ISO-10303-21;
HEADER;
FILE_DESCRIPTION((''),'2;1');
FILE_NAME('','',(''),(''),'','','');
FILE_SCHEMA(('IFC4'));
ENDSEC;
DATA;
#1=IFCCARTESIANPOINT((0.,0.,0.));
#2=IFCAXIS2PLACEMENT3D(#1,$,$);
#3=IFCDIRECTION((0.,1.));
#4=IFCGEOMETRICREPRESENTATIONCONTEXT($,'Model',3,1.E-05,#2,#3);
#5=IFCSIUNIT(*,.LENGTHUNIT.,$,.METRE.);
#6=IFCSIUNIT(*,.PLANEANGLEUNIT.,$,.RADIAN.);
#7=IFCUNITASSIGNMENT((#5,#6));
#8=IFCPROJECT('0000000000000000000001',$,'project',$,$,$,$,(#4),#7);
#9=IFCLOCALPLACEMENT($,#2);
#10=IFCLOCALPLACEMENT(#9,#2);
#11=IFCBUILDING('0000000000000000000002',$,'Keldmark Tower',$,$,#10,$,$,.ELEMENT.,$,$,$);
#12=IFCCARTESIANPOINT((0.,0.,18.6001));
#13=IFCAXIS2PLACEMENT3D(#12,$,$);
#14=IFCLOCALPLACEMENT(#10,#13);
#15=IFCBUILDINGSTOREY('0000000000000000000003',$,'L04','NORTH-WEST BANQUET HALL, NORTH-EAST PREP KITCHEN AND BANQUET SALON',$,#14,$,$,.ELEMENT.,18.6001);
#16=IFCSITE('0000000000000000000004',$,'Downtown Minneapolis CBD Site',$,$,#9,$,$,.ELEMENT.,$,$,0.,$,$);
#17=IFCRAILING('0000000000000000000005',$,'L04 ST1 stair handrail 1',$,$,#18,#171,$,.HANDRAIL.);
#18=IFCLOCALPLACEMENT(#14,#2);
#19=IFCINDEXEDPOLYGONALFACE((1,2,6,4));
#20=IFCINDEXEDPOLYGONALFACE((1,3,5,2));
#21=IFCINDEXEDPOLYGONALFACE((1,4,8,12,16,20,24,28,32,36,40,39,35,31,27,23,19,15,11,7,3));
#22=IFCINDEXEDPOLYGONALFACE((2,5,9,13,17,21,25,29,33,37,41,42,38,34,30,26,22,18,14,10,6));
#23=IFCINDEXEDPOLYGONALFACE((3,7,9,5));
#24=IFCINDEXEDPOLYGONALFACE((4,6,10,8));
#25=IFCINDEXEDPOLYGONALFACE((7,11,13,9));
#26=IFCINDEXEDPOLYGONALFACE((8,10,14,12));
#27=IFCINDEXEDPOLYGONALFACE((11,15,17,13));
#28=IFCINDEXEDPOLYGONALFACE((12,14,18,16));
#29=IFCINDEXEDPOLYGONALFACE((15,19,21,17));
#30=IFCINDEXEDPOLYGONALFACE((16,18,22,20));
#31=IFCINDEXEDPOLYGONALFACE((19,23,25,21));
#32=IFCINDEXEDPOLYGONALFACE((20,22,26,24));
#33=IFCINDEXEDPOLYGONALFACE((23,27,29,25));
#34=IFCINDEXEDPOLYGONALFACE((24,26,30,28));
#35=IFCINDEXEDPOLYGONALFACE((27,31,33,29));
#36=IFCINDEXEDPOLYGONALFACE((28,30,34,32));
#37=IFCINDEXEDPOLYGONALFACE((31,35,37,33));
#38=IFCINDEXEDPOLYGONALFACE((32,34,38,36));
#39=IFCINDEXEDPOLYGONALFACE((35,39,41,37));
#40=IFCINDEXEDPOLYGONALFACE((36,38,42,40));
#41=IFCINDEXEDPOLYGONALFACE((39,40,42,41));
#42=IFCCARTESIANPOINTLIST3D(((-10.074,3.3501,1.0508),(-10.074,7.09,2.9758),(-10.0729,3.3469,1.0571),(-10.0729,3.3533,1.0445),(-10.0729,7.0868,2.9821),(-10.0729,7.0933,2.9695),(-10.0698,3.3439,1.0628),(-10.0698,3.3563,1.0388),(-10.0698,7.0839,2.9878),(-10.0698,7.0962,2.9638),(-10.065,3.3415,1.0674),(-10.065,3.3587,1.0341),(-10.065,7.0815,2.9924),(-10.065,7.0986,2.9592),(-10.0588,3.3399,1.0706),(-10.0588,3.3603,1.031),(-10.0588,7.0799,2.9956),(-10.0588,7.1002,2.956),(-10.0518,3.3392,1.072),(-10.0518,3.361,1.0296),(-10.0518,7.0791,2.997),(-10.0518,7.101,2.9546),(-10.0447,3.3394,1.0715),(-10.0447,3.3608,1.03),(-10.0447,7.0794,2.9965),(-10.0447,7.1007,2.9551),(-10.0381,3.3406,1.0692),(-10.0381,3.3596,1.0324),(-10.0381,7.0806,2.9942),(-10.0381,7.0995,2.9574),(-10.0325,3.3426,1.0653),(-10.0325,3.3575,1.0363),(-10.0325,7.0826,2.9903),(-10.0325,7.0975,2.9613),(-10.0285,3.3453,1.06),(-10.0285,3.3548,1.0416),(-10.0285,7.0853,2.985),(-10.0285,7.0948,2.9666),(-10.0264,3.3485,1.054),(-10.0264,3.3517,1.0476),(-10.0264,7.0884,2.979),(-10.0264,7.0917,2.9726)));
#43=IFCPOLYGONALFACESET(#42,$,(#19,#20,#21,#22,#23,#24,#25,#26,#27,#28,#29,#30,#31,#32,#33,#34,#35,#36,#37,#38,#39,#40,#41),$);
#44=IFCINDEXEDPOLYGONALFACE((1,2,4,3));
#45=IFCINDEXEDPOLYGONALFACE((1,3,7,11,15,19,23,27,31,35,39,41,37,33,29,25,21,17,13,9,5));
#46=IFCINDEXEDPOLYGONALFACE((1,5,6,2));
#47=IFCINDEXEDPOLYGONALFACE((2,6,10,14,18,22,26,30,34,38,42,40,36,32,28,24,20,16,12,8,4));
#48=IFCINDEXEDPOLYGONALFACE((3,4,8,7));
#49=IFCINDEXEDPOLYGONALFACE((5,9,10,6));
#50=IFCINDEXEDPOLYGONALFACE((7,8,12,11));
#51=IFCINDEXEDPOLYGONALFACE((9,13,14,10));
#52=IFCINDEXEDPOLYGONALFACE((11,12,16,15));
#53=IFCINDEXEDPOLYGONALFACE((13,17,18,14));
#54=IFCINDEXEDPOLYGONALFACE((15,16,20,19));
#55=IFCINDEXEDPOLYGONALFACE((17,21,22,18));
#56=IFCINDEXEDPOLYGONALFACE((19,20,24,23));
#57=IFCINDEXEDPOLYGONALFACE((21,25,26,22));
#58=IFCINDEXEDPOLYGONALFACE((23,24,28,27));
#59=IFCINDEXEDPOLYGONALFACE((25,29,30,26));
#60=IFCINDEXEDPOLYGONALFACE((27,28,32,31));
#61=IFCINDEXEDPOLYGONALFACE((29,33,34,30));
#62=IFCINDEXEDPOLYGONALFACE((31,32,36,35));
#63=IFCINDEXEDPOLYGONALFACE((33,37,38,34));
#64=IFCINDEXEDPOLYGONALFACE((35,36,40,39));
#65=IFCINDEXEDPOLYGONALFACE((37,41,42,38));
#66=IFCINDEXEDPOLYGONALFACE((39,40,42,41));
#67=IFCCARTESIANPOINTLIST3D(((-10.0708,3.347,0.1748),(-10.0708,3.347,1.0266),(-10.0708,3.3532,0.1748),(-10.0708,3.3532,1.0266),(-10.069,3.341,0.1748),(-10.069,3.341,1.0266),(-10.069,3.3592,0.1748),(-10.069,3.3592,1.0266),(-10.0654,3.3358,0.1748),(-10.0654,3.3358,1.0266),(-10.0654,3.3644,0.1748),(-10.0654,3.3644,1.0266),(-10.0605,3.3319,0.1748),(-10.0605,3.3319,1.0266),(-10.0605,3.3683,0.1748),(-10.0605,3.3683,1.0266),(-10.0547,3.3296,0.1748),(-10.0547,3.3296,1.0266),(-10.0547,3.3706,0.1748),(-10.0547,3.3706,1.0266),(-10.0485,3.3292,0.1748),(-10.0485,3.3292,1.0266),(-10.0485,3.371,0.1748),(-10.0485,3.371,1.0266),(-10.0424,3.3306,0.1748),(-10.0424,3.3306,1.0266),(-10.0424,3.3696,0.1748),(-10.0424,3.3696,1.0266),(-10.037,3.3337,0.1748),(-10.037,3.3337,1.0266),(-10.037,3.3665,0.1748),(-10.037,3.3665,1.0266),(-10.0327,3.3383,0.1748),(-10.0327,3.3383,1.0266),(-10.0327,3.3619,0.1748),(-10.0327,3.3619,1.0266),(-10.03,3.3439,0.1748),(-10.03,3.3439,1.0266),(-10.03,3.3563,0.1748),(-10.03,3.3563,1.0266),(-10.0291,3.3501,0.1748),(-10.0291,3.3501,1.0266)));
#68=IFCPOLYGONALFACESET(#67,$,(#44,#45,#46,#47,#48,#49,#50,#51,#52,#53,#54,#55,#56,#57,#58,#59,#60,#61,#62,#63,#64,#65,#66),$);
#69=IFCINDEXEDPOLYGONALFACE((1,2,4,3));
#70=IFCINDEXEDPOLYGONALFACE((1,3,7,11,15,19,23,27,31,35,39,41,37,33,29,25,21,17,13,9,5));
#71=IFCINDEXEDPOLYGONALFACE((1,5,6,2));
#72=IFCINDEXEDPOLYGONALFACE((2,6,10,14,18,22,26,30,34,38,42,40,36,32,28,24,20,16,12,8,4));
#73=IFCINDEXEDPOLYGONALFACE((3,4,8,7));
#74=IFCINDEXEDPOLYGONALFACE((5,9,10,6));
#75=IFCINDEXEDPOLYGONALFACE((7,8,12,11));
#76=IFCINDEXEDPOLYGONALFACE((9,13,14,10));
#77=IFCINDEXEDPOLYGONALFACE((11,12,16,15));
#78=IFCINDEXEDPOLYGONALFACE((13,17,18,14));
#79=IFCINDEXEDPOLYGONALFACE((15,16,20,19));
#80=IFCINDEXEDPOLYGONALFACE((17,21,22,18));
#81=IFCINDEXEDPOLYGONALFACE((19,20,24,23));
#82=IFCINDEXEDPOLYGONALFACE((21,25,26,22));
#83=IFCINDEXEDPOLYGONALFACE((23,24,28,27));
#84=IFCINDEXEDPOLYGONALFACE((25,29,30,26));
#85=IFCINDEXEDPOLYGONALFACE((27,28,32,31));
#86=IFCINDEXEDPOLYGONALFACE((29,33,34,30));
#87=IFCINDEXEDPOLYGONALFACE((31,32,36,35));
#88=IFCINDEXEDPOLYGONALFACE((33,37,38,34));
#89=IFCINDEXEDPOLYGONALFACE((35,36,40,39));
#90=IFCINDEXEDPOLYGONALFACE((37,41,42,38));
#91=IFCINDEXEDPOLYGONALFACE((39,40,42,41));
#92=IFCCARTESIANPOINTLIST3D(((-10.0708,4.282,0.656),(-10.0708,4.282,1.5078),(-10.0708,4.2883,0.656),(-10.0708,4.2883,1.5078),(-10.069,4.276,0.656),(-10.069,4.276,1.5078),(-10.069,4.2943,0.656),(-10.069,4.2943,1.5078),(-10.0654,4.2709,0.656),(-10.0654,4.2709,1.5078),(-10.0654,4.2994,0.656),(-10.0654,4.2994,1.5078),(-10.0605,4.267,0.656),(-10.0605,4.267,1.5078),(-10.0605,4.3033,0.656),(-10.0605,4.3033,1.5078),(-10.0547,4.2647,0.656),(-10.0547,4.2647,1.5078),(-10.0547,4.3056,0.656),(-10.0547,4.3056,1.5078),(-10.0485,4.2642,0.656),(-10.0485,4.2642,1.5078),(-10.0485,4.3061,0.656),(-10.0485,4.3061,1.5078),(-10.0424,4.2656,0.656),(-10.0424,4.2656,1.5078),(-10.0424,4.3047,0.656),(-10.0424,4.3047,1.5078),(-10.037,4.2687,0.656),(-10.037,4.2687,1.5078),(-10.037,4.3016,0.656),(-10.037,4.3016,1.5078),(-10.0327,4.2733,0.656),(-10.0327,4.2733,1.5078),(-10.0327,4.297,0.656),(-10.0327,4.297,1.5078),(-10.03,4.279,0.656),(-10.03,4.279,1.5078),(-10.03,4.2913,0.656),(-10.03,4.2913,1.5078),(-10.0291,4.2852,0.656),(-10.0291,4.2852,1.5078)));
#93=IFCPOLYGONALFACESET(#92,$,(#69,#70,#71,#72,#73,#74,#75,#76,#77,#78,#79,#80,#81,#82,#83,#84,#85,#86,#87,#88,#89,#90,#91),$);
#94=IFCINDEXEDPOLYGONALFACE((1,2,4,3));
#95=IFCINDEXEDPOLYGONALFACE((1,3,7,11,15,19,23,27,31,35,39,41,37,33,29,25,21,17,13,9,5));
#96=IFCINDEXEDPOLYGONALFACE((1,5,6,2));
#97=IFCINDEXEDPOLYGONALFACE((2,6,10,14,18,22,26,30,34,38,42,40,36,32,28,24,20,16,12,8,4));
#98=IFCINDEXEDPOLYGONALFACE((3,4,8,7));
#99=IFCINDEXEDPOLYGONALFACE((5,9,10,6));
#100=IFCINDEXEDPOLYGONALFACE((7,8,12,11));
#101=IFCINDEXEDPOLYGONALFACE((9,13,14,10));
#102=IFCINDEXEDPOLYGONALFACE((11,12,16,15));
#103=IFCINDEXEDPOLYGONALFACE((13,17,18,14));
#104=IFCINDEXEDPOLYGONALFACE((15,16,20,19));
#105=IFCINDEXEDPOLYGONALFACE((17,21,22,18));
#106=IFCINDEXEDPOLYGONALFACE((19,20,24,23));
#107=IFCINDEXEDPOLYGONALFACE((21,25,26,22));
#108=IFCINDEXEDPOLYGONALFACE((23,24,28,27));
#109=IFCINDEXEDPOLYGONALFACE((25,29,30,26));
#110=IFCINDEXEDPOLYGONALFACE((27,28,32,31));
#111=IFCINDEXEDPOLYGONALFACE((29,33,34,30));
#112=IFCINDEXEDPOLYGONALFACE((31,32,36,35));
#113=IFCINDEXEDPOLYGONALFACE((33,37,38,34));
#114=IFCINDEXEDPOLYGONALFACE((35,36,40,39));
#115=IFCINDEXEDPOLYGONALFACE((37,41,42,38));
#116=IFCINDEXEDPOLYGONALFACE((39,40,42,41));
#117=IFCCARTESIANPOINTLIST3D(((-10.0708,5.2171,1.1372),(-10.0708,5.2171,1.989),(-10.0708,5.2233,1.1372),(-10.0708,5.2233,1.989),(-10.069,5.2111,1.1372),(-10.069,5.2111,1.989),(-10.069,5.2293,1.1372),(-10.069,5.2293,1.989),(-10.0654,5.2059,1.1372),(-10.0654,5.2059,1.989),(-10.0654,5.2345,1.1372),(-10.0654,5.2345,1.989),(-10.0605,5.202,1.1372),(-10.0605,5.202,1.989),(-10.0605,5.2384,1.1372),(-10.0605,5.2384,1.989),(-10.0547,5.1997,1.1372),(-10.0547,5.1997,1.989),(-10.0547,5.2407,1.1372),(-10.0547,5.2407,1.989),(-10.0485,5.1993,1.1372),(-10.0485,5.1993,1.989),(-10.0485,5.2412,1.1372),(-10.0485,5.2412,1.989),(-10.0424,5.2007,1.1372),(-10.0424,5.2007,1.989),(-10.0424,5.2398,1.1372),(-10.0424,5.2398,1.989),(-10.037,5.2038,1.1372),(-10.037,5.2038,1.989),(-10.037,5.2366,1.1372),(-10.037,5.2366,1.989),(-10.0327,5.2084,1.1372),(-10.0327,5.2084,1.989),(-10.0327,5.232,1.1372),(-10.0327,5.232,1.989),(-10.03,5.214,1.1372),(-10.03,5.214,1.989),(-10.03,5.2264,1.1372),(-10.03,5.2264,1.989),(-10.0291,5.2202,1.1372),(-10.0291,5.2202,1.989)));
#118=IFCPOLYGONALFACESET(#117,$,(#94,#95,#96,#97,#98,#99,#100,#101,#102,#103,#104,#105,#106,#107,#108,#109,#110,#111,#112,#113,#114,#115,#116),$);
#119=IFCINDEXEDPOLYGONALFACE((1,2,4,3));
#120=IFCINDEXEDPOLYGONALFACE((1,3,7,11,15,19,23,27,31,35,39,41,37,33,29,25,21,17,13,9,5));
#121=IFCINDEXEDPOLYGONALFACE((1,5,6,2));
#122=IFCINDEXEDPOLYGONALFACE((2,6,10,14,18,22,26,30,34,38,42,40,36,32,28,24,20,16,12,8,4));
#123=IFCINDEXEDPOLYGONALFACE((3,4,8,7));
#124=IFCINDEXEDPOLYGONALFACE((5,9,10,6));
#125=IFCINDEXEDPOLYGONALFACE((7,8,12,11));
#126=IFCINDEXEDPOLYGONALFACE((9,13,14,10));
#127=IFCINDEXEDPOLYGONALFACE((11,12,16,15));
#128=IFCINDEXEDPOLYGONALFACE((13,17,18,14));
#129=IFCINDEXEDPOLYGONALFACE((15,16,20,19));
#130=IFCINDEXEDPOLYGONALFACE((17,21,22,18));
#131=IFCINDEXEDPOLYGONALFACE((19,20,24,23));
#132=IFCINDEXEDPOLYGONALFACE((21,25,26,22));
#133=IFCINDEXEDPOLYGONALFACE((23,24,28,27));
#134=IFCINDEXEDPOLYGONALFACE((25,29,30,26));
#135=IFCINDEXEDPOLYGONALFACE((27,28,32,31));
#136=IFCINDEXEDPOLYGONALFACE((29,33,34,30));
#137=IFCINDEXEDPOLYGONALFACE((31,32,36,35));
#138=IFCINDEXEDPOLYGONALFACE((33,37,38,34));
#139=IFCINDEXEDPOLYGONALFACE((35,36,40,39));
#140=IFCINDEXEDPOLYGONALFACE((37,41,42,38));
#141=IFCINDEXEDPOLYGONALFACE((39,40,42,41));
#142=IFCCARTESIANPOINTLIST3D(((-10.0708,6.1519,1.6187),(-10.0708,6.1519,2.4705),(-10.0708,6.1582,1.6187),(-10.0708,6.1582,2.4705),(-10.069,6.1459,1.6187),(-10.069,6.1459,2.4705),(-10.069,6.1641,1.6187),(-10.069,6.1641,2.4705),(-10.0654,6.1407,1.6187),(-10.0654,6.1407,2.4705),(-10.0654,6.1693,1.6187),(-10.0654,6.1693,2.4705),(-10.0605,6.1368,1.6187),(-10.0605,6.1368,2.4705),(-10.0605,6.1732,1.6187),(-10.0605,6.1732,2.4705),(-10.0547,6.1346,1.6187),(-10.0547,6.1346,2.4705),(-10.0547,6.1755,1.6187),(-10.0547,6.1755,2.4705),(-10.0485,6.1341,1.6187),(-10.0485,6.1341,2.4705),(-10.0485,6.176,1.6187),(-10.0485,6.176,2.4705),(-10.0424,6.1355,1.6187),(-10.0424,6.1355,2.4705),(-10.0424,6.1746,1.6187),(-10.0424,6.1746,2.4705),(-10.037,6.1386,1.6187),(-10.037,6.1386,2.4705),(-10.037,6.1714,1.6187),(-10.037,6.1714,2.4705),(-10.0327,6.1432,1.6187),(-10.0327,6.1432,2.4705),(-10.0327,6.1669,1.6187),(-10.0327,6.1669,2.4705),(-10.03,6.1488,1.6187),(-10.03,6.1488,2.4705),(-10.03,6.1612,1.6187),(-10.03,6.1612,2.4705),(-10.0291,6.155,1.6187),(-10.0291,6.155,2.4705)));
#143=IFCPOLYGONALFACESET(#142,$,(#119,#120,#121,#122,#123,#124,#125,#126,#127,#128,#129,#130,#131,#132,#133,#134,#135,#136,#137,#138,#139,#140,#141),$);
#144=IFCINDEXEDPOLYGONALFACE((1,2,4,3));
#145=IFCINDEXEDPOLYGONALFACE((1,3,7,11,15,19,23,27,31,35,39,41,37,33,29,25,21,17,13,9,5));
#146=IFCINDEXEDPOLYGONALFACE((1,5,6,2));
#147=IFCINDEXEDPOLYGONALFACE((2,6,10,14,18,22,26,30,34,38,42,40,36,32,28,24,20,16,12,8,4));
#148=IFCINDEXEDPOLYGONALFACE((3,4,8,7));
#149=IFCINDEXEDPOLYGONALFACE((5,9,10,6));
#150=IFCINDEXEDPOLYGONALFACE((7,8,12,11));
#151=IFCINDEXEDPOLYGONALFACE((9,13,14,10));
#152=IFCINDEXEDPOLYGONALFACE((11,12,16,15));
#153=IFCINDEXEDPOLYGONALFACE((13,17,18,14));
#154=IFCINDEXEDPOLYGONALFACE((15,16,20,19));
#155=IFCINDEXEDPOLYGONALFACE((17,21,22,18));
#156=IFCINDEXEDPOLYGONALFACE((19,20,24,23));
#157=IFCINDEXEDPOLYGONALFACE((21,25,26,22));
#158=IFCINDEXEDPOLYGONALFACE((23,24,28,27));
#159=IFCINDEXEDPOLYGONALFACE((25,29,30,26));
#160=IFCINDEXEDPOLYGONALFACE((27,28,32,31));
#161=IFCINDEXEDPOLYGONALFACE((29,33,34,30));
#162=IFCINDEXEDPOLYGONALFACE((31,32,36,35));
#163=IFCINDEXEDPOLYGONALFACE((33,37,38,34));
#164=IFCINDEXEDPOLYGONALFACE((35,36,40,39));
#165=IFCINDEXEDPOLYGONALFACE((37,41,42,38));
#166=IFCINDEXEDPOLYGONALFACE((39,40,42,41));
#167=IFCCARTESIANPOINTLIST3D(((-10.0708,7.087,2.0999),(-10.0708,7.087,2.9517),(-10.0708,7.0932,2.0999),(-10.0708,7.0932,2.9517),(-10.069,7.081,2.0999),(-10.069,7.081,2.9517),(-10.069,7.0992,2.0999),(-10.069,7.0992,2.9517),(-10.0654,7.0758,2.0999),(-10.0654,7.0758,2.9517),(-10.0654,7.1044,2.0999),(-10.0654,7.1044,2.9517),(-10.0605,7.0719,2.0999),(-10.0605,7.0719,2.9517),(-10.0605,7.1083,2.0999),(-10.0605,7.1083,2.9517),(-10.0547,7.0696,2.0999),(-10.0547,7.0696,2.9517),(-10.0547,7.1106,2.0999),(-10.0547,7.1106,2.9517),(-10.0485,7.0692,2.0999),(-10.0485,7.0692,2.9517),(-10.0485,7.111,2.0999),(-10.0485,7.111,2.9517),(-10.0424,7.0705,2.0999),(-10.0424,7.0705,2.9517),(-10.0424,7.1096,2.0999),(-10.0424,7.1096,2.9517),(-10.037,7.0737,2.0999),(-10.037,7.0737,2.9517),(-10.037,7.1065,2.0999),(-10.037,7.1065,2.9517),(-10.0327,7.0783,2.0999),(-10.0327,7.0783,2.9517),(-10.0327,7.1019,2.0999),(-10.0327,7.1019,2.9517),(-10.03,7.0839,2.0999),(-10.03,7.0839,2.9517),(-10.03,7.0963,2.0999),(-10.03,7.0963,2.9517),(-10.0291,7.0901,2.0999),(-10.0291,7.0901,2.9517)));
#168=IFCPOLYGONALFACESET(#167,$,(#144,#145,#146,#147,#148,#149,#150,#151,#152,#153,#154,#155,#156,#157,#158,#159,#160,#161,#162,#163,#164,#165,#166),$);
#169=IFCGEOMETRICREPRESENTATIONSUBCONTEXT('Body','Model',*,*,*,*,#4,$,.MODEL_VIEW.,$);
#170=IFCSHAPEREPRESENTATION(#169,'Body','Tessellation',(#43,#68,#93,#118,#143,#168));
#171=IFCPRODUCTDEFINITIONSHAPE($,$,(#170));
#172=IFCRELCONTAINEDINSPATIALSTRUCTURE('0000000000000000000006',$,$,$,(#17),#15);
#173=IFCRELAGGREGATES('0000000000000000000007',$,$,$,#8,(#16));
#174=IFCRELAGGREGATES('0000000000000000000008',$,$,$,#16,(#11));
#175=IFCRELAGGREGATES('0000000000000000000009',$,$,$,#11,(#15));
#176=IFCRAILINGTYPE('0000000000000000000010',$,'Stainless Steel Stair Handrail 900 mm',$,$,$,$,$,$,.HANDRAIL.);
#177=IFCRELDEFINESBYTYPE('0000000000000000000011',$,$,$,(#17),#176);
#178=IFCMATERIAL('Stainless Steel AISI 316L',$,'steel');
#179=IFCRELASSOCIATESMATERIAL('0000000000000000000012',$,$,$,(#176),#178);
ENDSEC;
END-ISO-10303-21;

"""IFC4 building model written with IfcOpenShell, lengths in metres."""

from ifc_helpers import new_model, si_unit, direction, frame, origin, origin_2d, place, context, subcontext, project, spatial, circle, extrude, material, type_object, element, save


model = new_model("IFC4")

# Units and contexts
model_context = context("Model", 3, precision=1e-05, world=origin(), true_north=direction((0.0, 1.0)))
body_context = subcontext(model_context, "Body", "Model", "MODEL_VIEW")
ifc_project = project(units=[si_unit("LENGTHUNIT", "METRE"), si_unit("PLANEANGLEUNIT", "RADIAN")], contexts=[model_context])

# Site, building, storey
site_placement = place(None, origin())
site = spatial("IfcSite", under=ifc_project, at=site_placement, Name="Downtown Minneapolis CBD Site", CompositionType="ELEMENT", RefElevation=0.0)
building_placement = place(site_placement, origin())
building = spatial("IfcBuilding", under=site, at=building_placement, Name="Keldmark Tower", CompositionType="ELEMENT")
storey_placement = place(building_placement, frame((0.0, 0.0, 18.6001)))
storey = spatial("IfcBuildingStorey", under=building, at=storey_placement, Name="L04", Description="NORTH-WEST BANQUET HALL, NORTH-EAST PREP KITCHEN AND BANQUET SALON", CompositionType="ELEMENT", Elevation=18.6001)

# Railing
ifc_material_1 = material(Name="Stainless Steel AISI 316L", Category="steel")
railing_type = type_object("IfcRailingType", Name="Stainless Steel Stair Handrail 900 mm", PredefinedType="HANDRAIL", material=ifc_material_1)
railing_placement = place(storey_placement, frame((-10.05, 3.3501, 0.1748)))
element("IfcRailing", 1, at=railing_placement, inside=storey, type_object=railing_type, Name="L04 ST1 stair handrail 1", PredefinedType="HANDRAIL", context=body_context, shape_type="SweptSolid", body=[
    extrude(circle(Radius=0.0239, at=origin_2d()), frame((0.0, 0.0, 0.876), z_axis=(0.0, 0.889131, 0.457654), x_axis=(-1.0, 0.0, 0.0)), (0.0, 0.0, 1.0), 4.2063),
    extrude(circle(Radius=0.021, at=origin_2d()), origin(), (0.0, 0.0, 1.0), 0.8518),
    extrude(circle(Radius=0.021, at=origin_2d()), frame((0.0, 0.9351, 0.4812)), (0.0, 0.0, 1.0), 0.8518),
    extrude(circle(Radius=0.021, at=origin_2d()), frame((0.0, 1.8701, 0.9624)), (0.0, 0.0, 1.0), 0.8518),
    extrude(circle(Radius=0.021, at=origin_2d()), frame((0.0, 2.8049, 1.4438)), (0.0, 0.0, 1.0), 0.8518),
    extrude(circle(Radius=0.021, at=origin_2d()), frame((0.0, 3.74, 1.925)), (0.0, 0.0, 1.0), 0.8518),
])

save(model, "model.ifc")
